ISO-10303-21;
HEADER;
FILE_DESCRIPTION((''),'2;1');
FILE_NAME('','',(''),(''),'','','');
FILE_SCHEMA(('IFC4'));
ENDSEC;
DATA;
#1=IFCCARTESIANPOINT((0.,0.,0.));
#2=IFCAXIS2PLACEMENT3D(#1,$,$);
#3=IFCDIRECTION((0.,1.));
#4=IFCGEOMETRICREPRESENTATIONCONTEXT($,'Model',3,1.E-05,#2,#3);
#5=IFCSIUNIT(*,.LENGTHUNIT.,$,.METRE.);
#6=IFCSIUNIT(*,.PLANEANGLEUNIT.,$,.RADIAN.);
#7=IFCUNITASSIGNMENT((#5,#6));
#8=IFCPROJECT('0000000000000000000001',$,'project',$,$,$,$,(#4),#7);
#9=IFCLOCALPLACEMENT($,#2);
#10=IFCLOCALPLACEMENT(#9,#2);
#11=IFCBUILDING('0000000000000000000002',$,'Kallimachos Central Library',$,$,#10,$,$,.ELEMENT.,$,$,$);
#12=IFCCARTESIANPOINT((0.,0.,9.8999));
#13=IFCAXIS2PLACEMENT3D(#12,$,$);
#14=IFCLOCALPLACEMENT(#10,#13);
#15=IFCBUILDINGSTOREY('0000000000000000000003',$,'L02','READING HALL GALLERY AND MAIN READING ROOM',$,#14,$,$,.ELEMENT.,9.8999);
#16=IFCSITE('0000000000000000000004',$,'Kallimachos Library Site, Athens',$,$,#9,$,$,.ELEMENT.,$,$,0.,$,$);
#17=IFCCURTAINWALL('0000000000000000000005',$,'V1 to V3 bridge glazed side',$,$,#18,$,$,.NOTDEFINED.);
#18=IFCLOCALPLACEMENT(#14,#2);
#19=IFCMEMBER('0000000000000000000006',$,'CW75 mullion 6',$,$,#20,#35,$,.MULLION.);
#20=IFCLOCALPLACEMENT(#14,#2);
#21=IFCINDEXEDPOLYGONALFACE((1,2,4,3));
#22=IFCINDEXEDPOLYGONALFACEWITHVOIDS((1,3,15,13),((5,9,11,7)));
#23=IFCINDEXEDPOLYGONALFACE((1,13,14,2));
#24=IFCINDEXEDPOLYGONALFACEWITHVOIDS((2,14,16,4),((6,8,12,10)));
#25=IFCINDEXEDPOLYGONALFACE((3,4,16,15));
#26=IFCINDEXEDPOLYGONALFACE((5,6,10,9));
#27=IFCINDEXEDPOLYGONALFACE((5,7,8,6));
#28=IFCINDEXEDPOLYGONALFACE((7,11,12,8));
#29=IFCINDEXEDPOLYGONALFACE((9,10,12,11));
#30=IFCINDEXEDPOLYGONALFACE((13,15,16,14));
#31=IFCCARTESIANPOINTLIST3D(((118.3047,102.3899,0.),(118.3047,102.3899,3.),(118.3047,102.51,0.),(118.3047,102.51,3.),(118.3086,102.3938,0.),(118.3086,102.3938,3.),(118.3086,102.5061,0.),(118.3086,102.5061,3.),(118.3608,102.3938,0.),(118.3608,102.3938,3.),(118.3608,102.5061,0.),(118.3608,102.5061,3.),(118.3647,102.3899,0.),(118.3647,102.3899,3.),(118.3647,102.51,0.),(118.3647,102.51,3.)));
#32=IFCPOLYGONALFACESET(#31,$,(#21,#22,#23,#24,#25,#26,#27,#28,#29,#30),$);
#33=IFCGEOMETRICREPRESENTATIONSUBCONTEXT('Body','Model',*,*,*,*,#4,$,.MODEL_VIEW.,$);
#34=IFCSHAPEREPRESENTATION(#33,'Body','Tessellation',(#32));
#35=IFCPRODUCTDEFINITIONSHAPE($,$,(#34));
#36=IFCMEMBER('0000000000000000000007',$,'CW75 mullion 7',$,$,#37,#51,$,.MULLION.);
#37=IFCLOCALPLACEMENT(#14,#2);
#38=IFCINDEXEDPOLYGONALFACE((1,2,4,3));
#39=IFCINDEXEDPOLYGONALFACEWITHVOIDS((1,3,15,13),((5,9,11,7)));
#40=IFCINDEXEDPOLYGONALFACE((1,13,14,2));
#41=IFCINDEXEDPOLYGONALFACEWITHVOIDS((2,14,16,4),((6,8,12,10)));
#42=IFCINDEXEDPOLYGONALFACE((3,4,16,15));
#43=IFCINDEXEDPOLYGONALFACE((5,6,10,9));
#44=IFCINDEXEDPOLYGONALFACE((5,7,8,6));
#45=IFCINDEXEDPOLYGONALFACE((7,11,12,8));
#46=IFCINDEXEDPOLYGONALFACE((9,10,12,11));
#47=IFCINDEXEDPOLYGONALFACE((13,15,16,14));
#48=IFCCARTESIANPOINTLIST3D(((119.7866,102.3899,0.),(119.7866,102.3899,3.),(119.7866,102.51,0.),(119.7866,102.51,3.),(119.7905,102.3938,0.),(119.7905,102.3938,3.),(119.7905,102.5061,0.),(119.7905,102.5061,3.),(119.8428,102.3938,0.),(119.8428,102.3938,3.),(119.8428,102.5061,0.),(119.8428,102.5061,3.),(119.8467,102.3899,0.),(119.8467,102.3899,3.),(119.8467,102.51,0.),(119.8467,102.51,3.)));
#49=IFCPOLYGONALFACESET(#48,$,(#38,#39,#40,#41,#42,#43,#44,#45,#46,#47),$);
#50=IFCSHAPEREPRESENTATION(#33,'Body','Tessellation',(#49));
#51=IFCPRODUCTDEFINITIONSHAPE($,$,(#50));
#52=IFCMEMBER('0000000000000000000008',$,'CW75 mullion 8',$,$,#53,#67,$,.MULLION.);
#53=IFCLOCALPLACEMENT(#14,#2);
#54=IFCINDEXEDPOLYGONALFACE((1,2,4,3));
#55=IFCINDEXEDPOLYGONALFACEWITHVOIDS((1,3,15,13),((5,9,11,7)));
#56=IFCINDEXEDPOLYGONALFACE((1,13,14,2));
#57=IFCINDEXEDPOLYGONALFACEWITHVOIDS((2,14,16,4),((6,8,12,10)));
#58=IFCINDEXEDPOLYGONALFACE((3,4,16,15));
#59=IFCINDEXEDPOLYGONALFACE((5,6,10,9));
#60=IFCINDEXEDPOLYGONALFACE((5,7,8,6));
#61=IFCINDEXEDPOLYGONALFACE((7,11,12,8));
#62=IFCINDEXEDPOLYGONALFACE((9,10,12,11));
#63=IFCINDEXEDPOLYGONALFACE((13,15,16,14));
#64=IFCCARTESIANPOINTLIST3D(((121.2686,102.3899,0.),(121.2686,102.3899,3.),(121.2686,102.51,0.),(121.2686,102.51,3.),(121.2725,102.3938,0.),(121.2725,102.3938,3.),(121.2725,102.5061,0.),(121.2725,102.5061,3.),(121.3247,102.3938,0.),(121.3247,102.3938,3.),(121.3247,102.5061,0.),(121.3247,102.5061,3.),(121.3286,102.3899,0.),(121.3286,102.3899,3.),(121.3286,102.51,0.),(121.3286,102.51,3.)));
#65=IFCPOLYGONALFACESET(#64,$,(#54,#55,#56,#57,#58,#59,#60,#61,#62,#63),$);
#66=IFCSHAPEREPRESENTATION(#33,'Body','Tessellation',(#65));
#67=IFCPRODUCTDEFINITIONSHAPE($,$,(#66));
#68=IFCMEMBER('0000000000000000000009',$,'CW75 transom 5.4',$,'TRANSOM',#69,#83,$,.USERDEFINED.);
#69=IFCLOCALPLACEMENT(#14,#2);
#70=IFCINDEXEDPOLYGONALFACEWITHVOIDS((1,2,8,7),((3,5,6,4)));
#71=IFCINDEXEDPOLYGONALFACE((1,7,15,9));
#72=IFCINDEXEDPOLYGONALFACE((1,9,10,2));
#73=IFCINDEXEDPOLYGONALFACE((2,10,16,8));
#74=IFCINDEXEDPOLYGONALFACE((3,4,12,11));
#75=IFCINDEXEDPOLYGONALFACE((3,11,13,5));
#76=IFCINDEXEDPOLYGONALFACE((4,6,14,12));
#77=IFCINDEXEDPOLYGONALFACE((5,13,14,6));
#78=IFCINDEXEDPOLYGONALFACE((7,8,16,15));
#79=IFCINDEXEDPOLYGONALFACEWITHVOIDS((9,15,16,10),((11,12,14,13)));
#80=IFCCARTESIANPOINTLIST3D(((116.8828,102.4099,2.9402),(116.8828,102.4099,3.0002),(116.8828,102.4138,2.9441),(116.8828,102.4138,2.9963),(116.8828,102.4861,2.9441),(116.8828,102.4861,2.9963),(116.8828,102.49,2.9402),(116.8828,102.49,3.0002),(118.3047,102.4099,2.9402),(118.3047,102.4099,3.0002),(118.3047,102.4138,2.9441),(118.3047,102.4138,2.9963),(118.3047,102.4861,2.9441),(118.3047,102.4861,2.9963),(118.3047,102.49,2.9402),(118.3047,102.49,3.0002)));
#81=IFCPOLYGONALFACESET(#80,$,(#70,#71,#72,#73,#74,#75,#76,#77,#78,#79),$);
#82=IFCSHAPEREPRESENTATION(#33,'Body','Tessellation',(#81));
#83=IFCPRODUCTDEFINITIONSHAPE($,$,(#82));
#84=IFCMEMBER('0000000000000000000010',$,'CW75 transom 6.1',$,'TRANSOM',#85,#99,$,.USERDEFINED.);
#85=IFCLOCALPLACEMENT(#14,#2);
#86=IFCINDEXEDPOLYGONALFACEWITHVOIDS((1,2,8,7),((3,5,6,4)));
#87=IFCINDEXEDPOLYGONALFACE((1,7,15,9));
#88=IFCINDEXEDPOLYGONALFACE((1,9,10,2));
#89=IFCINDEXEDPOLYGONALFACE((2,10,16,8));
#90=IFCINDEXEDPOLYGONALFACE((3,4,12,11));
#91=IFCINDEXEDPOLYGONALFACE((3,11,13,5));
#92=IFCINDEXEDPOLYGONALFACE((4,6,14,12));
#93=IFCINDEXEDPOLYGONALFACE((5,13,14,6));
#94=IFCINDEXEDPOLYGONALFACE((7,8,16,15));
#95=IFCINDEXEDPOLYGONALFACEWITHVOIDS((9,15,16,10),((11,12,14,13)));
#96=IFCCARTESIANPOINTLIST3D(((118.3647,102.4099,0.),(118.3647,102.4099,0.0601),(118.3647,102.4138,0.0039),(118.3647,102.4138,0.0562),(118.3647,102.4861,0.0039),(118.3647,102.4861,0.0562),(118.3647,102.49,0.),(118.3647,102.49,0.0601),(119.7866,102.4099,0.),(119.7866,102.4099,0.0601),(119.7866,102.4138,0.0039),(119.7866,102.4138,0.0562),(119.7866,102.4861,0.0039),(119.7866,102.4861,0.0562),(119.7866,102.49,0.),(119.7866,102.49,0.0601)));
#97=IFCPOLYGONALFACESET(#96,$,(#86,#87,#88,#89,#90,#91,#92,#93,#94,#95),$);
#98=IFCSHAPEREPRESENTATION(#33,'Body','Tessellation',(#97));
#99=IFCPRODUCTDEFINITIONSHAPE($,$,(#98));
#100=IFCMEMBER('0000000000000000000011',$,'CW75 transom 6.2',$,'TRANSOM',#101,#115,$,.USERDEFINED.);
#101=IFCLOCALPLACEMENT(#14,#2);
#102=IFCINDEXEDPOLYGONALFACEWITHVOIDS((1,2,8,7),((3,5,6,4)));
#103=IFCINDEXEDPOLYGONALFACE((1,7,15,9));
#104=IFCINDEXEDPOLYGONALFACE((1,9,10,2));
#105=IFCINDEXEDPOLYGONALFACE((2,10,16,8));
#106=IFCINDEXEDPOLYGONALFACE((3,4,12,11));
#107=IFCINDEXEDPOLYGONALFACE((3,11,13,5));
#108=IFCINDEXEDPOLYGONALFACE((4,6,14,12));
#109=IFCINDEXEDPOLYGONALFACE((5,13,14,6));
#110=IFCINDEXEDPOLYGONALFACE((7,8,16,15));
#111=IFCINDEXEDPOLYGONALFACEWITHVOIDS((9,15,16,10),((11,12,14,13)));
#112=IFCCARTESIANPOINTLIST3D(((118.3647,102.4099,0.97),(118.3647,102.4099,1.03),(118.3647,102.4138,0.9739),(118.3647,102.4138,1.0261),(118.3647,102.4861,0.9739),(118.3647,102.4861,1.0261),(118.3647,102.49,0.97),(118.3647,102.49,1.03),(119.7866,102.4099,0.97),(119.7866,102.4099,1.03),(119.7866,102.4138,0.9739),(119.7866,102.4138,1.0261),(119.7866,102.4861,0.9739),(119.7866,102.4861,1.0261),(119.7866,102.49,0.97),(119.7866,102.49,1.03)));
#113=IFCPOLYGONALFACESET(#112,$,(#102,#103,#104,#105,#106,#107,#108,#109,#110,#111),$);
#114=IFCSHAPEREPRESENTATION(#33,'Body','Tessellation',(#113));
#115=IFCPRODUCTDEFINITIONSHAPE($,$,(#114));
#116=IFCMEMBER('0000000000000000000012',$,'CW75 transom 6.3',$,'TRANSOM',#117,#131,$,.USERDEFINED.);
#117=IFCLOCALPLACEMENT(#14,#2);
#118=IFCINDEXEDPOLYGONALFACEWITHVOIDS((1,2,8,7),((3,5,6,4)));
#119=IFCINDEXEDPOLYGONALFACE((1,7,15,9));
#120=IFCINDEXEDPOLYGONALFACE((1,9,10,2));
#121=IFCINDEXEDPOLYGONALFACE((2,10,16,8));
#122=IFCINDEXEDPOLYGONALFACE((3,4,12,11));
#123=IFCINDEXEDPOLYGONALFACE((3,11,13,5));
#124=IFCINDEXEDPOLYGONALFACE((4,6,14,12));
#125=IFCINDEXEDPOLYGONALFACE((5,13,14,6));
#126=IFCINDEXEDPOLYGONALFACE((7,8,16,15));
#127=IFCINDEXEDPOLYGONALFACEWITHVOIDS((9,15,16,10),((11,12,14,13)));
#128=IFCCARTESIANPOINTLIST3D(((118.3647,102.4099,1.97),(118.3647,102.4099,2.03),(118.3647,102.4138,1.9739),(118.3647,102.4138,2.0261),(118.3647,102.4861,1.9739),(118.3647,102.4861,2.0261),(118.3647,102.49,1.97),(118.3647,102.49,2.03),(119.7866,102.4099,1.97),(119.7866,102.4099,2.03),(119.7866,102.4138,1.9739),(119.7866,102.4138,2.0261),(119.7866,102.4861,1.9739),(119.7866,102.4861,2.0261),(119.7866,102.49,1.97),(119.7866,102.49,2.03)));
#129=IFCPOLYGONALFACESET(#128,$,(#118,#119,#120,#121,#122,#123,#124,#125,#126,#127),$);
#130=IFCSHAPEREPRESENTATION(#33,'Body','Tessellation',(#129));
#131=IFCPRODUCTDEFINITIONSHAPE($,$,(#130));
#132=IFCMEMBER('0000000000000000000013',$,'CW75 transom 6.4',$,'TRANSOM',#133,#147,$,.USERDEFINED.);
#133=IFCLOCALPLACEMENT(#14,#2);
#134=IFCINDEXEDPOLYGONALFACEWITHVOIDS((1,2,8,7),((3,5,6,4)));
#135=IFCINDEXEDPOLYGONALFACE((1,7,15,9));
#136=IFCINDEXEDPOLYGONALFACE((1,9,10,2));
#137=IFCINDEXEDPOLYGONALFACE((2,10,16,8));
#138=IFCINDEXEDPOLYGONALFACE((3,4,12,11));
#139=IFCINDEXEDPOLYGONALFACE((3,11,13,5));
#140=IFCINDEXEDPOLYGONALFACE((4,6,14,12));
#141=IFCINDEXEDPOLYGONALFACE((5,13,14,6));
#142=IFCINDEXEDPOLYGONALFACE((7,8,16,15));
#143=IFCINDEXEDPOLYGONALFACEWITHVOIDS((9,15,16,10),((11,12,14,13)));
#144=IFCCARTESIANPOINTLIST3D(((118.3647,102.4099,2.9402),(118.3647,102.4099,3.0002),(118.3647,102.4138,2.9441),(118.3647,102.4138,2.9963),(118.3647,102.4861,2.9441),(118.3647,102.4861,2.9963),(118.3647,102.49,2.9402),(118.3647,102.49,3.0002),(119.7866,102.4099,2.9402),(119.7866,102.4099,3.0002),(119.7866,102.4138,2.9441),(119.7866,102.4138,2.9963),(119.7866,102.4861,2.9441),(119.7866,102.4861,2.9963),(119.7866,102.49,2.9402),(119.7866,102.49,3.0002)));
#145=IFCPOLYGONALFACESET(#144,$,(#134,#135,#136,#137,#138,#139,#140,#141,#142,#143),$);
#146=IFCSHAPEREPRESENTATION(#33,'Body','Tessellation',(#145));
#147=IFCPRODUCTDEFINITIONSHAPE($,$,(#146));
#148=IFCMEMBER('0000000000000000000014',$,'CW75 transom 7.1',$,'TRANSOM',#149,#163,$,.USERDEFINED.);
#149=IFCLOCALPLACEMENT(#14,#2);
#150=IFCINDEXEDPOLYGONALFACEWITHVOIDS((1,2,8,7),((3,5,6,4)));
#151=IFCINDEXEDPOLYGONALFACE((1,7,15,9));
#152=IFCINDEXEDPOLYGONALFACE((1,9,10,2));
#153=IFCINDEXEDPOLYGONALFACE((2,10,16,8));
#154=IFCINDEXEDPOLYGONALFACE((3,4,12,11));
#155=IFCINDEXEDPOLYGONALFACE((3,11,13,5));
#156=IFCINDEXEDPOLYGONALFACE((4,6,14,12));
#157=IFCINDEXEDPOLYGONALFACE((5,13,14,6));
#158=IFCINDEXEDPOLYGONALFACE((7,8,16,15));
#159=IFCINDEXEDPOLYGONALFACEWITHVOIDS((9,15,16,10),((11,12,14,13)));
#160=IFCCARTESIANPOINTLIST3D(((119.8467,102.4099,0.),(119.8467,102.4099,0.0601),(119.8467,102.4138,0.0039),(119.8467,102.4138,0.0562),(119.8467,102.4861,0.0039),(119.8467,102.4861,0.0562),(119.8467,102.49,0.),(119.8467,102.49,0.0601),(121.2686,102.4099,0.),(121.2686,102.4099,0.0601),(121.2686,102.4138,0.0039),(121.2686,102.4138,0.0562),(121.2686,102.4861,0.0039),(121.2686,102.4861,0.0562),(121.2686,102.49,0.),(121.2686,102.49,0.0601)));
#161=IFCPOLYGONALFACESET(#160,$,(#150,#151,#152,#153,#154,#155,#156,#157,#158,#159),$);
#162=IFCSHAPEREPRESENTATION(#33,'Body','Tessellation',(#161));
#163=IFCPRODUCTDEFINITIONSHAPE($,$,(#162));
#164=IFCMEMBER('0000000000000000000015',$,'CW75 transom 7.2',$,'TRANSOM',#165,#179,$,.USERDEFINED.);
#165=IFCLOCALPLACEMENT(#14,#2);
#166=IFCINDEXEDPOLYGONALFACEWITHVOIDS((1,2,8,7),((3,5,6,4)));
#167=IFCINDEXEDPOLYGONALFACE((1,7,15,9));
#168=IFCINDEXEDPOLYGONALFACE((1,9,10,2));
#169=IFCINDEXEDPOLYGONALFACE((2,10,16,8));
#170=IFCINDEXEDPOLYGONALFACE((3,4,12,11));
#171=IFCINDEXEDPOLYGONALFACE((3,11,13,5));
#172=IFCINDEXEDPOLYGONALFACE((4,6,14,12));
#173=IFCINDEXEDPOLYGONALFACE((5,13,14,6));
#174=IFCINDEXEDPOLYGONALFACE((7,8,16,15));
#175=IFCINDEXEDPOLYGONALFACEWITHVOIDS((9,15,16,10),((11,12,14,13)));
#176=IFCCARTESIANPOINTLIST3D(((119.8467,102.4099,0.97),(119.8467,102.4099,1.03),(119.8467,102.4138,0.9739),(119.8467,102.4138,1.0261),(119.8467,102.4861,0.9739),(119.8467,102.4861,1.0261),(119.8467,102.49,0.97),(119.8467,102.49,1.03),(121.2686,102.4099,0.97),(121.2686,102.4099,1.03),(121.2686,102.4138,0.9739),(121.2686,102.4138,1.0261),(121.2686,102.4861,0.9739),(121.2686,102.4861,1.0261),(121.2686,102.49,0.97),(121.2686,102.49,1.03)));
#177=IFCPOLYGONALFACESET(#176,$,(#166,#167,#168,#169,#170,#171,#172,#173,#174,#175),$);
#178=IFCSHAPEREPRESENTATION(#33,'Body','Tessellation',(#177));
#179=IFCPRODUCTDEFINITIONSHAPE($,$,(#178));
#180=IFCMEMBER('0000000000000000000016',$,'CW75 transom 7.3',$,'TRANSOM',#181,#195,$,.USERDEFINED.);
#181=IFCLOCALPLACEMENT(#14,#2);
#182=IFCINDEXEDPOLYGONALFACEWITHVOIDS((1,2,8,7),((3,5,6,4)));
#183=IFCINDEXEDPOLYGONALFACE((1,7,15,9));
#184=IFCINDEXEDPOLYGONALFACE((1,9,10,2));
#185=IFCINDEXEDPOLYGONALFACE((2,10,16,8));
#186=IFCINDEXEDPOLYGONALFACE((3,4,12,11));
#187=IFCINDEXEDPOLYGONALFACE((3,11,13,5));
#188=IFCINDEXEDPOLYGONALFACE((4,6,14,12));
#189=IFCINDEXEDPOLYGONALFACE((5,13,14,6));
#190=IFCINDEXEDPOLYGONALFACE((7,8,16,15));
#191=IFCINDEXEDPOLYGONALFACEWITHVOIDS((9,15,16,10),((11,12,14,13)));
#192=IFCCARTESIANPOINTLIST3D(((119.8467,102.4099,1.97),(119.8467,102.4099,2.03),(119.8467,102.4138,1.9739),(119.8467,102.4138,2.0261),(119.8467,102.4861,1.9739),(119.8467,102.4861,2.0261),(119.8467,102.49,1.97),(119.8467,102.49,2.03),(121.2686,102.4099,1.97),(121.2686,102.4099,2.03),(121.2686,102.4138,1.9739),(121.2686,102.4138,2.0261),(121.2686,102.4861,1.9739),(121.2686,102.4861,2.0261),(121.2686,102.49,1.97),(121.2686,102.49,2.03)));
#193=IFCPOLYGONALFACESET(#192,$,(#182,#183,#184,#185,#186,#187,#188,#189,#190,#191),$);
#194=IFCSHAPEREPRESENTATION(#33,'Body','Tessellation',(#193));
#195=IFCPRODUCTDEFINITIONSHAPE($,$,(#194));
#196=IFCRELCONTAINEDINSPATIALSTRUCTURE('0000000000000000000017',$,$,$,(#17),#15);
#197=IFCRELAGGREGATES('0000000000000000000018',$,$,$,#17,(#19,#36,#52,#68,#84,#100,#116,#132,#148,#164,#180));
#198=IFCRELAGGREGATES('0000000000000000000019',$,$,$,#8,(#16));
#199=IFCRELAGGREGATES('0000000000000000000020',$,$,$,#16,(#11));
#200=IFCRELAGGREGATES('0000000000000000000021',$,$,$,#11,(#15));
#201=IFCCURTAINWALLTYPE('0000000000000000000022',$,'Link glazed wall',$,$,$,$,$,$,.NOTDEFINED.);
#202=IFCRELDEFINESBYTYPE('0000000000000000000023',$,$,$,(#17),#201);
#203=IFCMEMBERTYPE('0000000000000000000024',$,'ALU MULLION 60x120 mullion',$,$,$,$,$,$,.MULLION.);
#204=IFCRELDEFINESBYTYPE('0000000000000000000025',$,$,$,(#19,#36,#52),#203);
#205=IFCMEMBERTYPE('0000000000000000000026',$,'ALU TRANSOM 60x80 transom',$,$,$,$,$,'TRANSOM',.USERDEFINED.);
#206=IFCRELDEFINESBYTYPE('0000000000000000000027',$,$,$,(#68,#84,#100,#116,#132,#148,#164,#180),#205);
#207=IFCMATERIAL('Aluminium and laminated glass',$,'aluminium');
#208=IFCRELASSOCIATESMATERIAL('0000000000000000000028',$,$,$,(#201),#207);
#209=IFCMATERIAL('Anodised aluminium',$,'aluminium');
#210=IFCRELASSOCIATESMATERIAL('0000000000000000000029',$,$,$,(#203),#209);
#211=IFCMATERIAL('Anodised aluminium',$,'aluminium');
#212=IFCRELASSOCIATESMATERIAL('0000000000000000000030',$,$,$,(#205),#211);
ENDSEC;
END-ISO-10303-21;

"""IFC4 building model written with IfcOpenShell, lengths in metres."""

from ifc_helpers import new_model, si_unit, direction, frame, origin, origin_2d, place, context, subcontext, project, spatial, hollow_rectangle, extrude, material, material_profile, profile_set, type_object, element, aggregate, save


model = new_model("IFC4")

# Units and contexts
model_context = context("Model", 3, precision=1e-05, world=origin(), true_north=direction((0.0, 1.0)))
body_context = subcontext(model_context, "Body", "Model", "MODEL_VIEW")
ifc_project = project(units=[si_unit("LENGTHUNIT", "METRE"), si_unit("PLANEANGLEUNIT", "RADIAN")], contexts=[model_context])

# Site, building, storey
site_placement = place(None, origin())
site = spatial("IfcSite", under=ifc_project, at=site_placement, Name="Kallimachos Library Site, Athens", CompositionType="ELEMENT", RefElevation=0.0)
building_placement = place(site_placement, origin())
building = spatial("IfcBuilding", under=site, at=building_placement, Name="Kallimachos Central Library", CompositionType="ELEMENT")
storey_placement = place(building_placement, frame((0.0, 0.0, 9.8999)))
storey = spatial("IfcBuildingStorey", under=building, at=storey_placement, Name="L02", Description="READING HALL GALLERY AND MAIN READING ROOM", CompositionType="ELEMENT", Elevation=9.8999)

# Curtain wall, members
ifc_material_1 = material(Name="Aluminium and laminated glass", Category="aluminium")
curtain_wall_type = type_object("IfcCurtainWallType", Name="Link glazed wall", PredefinedType="NOTDEFINED", material=ifc_material_1)
curtain_wall_placement = place(storey_placement, origin())
curtain_wall = element("IfcCurtainWall", 1, at=curtain_wall_placement, inside=storey, type_object=curtain_wall_type, Name="V1 to V3 bridge glazed side", PredefinedType="NOTDEFINED")
ifc_material_2 = material(Name="Anodised aluminium", Category="aluminium")
ifc_material_profile_1 = material_profile(ifc_material_2, hollow_rectangle(XDim=0.0601, YDim=0.1201, WallThickness=0.0039, at=origin_2d()), Name="ALU MULLION 60x120")
ifc_profile_set_1 = profile_set([ifc_material_profile_1], Name="Anodised aluminium")
member_type_1 = type_object("IfcMemberType", Name="ALU MULLION 60x120 mullion", PredefinedType="MULLION", material=ifc_profile_set_1)
member_1_placement = place(storey_placement, frame((118.3347, 102.45, 0.0), z_axis=(0.0, 0.0, 1.0), x_axis=(1.0, 0.0, 0.0)))
member_1 = element("IfcMember", 2, at=member_1_placement, type_object=member_type_1, Name="CW75 mullion 6", PredefinedType="MULLION", context=body_context, shape_type="SweptSolid", body=[
    extrude(hollow_rectangle(XDim=0.0601, YDim=0.1201, WallThickness=0.0039, at=origin_2d()), origin(), (0.0, 0.0, 1.0), 3.0),
])
member_2_placement = place(storey_placement, frame((119.8167, 102.45, 0.0), z_axis=(0.0, 0.0, 1.0), x_axis=(1.0, 0.0, 0.0)))
member_2 = element("IfcMember", 3, at=member_2_placement, type_object=member_type_1, Name="CW75 mullion 7", PredefinedType="MULLION", context=body_context, shape_type="SweptSolid", body=[
    extrude(hollow_rectangle(XDim=0.0601, YDim=0.1201, WallThickness=0.0039, at=origin_2d()), origin(), (0.0, 0.0, 1.0), 3.0),
])
member_3_placement = place(storey_placement, frame((121.2986, 102.45, 0.0), z_axis=(0.0, 0.0, 1.0), x_axis=(1.0, 0.0, 0.0)))
member_3 = element("IfcMember", 4, at=member_3_placement, type_object=member_type_1, Name="CW75 mullion 8", PredefinedType="MULLION", context=body_context, shape_type="SweptSolid", body=[
    extrude(hollow_rectangle(XDim=0.0601, YDim=0.1201, WallThickness=0.0039, at=origin_2d()), origin(), (0.0, 0.0, 1.0), 3.0),
])
ifc_material_3 = material(Name="Anodised aluminium", Category="aluminium")
ifc_material_profile_2 = material_profile(ifc_material_3, hollow_rectangle(XDim=0.0601, YDim=0.0801, WallThickness=0.0039, at=origin_2d()), Name="ALU TRANSOM 60x80")
ifc_profile_set_2 = profile_set([ifc_material_profile_2], Name="Anodised aluminium")
member_type_2 = type_object("IfcMemberType", Name="ALU TRANSOM 60x80 transom", ElementType="TRANSOM", PredefinedType="USERDEFINED", material=ifc_profile_set_2)
member_4_placement = place(storey_placement, frame((116.8828, 102.45, 2.9702), z_axis=(1.0, 0.0, 0.0), x_axis=(0.0, 0.0, 1.0)))
member_4 = element("IfcMember", 5, at=member_4_placement, type_object=member_type_2, Name="CW75 transom 5.4", ObjectType="TRANSOM", PredefinedType="USERDEFINED", context=body_context, shape_type="SweptSolid", body=[
    extrude(hollow_rectangle(XDim=0.0601, YDim=0.0801, WallThickness=0.0039, at=origin_2d()), origin(), (0.0, 0.0, 1.0), 1.4219),
])
member_5_placement = place(storey_placement, frame((118.3647, 102.45, 0.03), z_axis=(1.0, 0.0, 0.0), x_axis=(0.0, 0.0, 1.0)))
member_5 = element("IfcMember", 6, at=member_5_placement, type_object=member_type_2, Name="CW75 transom 6.1", ObjectType="TRANSOM", PredefinedType="USERDEFINED", context=body_context, shape_type="SweptSolid", body=[
    extrude(hollow_rectangle(XDim=0.0601, YDim=0.0801, WallThickness=0.0039, at=origin_2d()), origin(), (0.0, 0.0, 1.0), 1.4219),
])
member_6_placement = place(storey_placement, frame((118.3647, 102.45, 1.0), z_axis=(1.0, 0.0, 0.0), x_axis=(0.0, 0.0, 1.0)))
member_6 = element("IfcMember", 7, at=member_6_placement, type_object=member_type_2, Name="CW75 transom 6.2", ObjectType="TRANSOM", PredefinedType="USERDEFINED", context=body_context, shape_type="SweptSolid", body=[
    extrude(hollow_rectangle(XDim=0.0601, YDim=0.0801, WallThickness=0.0039, at=origin_2d()), origin(), (0.0, 0.0, 1.0), 1.4219),
])
member_7_placement = place(storey_placement, frame((118.3647, 102.45, 2.0), z_axis=(1.0, 0.0, 0.0), x_axis=(0.0, 0.0, 1.0)))
member_7 = element("IfcMember", 8, at=member_7_placement, type_object=member_type_2, Name="CW75 transom 6.3", ObjectType="TRANSOM", PredefinedType="USERDEFINED", context=body_context, shape_type="SweptSolid", body=[
    extrude(hollow_rectangle(XDim=0.0601, YDim=0.0801, WallThickness=0.0039, at=origin_2d()), origin(), (0.0, 0.0, 1.0), 1.4219),
])
member_8_placement = place(storey_placement, frame((118.3647, 102.45, 2.9702), z_axis=(1.0, 0.0, 0.0), x_axis=(0.0, 0.0, 1.0)))
member_8 = element("IfcMember", 9, at=member_8_placement, type_object=member_type_2, Name="CW75 transom 6.4", ObjectType="TRANSOM", PredefinedType="USERDEFINED", context=body_context, shape_type="SweptSolid", body=[
    extrude(hollow_rectangle(XDim=0.0601, YDim=0.0801, WallThickness=0.0039, at=origin_2d()), origin(), (0.0, 0.0, 1.0), 1.4219),
])
member_9_placement = place(storey_placement, frame((119.8467, 102.45, 0.03), z_axis=(1.0, 0.0, 0.0), x_axis=(0.0, 0.0, 1.0)))
member_9 = element("IfcMember", 10, at=member_9_placement, type_object=member_type_2, Name="CW75 transom 7.1", ObjectType="TRANSOM", PredefinedType="USERDEFINED", context=body_context, shape_type="SweptSolid", body=[
    extrude(hollow_rectangle(XDim=0.0601, YDim=0.0801, WallThickness=0.0039, at=origin_2d()), origin(), (0.0, 0.0, 1.0), 1.4219),
])
member_10_placement = place(storey_placement, frame((119.8467, 102.45, 1.0), z_axis=(1.0, 0.0, 0.0), x_axis=(0.0, 0.0, 1.0)))
member_10 = element("IfcMember", 11, at=member_10_placement, type_object=member_type_2, Name="CW75 transom 7.2", ObjectType="TRANSOM", PredefinedType="USERDEFINED", context=body_context, shape_type="SweptSolid", body=[
    extrude(hollow_rectangle(XDim=0.0601, YDim=0.0801, WallThickness=0.0039, at=origin_2d()), origin(), (0.0, 0.0, 1.0), 1.4219),
])
member_11_placement = place(storey_placement, frame((119.8467, 102.45, 2.0), z_axis=(1.0, 0.0, 0.0), x_axis=(0.0, 0.0, 1.0)))
member_11 = element("IfcMember", 12, at=member_11_placement, type_object=member_type_2, Name="CW75 transom 7.3", ObjectType="TRANSOM", PredefinedType="USERDEFINED", context=body_context, shape_type="SweptSolid", body=[
    extrude(hollow_rectangle(XDim=0.0601, YDim=0.0801, WallThickness=0.0039, at=origin_2d()), origin(), (0.0, 0.0, 1.0), 1.4219),
])

aggregate(curtain_wall, [member_1, member_2, member_3, member_4, member_5, member_6, member_7, member_8, member_9, member_10, member_11])

save(model, "model.ifc")
